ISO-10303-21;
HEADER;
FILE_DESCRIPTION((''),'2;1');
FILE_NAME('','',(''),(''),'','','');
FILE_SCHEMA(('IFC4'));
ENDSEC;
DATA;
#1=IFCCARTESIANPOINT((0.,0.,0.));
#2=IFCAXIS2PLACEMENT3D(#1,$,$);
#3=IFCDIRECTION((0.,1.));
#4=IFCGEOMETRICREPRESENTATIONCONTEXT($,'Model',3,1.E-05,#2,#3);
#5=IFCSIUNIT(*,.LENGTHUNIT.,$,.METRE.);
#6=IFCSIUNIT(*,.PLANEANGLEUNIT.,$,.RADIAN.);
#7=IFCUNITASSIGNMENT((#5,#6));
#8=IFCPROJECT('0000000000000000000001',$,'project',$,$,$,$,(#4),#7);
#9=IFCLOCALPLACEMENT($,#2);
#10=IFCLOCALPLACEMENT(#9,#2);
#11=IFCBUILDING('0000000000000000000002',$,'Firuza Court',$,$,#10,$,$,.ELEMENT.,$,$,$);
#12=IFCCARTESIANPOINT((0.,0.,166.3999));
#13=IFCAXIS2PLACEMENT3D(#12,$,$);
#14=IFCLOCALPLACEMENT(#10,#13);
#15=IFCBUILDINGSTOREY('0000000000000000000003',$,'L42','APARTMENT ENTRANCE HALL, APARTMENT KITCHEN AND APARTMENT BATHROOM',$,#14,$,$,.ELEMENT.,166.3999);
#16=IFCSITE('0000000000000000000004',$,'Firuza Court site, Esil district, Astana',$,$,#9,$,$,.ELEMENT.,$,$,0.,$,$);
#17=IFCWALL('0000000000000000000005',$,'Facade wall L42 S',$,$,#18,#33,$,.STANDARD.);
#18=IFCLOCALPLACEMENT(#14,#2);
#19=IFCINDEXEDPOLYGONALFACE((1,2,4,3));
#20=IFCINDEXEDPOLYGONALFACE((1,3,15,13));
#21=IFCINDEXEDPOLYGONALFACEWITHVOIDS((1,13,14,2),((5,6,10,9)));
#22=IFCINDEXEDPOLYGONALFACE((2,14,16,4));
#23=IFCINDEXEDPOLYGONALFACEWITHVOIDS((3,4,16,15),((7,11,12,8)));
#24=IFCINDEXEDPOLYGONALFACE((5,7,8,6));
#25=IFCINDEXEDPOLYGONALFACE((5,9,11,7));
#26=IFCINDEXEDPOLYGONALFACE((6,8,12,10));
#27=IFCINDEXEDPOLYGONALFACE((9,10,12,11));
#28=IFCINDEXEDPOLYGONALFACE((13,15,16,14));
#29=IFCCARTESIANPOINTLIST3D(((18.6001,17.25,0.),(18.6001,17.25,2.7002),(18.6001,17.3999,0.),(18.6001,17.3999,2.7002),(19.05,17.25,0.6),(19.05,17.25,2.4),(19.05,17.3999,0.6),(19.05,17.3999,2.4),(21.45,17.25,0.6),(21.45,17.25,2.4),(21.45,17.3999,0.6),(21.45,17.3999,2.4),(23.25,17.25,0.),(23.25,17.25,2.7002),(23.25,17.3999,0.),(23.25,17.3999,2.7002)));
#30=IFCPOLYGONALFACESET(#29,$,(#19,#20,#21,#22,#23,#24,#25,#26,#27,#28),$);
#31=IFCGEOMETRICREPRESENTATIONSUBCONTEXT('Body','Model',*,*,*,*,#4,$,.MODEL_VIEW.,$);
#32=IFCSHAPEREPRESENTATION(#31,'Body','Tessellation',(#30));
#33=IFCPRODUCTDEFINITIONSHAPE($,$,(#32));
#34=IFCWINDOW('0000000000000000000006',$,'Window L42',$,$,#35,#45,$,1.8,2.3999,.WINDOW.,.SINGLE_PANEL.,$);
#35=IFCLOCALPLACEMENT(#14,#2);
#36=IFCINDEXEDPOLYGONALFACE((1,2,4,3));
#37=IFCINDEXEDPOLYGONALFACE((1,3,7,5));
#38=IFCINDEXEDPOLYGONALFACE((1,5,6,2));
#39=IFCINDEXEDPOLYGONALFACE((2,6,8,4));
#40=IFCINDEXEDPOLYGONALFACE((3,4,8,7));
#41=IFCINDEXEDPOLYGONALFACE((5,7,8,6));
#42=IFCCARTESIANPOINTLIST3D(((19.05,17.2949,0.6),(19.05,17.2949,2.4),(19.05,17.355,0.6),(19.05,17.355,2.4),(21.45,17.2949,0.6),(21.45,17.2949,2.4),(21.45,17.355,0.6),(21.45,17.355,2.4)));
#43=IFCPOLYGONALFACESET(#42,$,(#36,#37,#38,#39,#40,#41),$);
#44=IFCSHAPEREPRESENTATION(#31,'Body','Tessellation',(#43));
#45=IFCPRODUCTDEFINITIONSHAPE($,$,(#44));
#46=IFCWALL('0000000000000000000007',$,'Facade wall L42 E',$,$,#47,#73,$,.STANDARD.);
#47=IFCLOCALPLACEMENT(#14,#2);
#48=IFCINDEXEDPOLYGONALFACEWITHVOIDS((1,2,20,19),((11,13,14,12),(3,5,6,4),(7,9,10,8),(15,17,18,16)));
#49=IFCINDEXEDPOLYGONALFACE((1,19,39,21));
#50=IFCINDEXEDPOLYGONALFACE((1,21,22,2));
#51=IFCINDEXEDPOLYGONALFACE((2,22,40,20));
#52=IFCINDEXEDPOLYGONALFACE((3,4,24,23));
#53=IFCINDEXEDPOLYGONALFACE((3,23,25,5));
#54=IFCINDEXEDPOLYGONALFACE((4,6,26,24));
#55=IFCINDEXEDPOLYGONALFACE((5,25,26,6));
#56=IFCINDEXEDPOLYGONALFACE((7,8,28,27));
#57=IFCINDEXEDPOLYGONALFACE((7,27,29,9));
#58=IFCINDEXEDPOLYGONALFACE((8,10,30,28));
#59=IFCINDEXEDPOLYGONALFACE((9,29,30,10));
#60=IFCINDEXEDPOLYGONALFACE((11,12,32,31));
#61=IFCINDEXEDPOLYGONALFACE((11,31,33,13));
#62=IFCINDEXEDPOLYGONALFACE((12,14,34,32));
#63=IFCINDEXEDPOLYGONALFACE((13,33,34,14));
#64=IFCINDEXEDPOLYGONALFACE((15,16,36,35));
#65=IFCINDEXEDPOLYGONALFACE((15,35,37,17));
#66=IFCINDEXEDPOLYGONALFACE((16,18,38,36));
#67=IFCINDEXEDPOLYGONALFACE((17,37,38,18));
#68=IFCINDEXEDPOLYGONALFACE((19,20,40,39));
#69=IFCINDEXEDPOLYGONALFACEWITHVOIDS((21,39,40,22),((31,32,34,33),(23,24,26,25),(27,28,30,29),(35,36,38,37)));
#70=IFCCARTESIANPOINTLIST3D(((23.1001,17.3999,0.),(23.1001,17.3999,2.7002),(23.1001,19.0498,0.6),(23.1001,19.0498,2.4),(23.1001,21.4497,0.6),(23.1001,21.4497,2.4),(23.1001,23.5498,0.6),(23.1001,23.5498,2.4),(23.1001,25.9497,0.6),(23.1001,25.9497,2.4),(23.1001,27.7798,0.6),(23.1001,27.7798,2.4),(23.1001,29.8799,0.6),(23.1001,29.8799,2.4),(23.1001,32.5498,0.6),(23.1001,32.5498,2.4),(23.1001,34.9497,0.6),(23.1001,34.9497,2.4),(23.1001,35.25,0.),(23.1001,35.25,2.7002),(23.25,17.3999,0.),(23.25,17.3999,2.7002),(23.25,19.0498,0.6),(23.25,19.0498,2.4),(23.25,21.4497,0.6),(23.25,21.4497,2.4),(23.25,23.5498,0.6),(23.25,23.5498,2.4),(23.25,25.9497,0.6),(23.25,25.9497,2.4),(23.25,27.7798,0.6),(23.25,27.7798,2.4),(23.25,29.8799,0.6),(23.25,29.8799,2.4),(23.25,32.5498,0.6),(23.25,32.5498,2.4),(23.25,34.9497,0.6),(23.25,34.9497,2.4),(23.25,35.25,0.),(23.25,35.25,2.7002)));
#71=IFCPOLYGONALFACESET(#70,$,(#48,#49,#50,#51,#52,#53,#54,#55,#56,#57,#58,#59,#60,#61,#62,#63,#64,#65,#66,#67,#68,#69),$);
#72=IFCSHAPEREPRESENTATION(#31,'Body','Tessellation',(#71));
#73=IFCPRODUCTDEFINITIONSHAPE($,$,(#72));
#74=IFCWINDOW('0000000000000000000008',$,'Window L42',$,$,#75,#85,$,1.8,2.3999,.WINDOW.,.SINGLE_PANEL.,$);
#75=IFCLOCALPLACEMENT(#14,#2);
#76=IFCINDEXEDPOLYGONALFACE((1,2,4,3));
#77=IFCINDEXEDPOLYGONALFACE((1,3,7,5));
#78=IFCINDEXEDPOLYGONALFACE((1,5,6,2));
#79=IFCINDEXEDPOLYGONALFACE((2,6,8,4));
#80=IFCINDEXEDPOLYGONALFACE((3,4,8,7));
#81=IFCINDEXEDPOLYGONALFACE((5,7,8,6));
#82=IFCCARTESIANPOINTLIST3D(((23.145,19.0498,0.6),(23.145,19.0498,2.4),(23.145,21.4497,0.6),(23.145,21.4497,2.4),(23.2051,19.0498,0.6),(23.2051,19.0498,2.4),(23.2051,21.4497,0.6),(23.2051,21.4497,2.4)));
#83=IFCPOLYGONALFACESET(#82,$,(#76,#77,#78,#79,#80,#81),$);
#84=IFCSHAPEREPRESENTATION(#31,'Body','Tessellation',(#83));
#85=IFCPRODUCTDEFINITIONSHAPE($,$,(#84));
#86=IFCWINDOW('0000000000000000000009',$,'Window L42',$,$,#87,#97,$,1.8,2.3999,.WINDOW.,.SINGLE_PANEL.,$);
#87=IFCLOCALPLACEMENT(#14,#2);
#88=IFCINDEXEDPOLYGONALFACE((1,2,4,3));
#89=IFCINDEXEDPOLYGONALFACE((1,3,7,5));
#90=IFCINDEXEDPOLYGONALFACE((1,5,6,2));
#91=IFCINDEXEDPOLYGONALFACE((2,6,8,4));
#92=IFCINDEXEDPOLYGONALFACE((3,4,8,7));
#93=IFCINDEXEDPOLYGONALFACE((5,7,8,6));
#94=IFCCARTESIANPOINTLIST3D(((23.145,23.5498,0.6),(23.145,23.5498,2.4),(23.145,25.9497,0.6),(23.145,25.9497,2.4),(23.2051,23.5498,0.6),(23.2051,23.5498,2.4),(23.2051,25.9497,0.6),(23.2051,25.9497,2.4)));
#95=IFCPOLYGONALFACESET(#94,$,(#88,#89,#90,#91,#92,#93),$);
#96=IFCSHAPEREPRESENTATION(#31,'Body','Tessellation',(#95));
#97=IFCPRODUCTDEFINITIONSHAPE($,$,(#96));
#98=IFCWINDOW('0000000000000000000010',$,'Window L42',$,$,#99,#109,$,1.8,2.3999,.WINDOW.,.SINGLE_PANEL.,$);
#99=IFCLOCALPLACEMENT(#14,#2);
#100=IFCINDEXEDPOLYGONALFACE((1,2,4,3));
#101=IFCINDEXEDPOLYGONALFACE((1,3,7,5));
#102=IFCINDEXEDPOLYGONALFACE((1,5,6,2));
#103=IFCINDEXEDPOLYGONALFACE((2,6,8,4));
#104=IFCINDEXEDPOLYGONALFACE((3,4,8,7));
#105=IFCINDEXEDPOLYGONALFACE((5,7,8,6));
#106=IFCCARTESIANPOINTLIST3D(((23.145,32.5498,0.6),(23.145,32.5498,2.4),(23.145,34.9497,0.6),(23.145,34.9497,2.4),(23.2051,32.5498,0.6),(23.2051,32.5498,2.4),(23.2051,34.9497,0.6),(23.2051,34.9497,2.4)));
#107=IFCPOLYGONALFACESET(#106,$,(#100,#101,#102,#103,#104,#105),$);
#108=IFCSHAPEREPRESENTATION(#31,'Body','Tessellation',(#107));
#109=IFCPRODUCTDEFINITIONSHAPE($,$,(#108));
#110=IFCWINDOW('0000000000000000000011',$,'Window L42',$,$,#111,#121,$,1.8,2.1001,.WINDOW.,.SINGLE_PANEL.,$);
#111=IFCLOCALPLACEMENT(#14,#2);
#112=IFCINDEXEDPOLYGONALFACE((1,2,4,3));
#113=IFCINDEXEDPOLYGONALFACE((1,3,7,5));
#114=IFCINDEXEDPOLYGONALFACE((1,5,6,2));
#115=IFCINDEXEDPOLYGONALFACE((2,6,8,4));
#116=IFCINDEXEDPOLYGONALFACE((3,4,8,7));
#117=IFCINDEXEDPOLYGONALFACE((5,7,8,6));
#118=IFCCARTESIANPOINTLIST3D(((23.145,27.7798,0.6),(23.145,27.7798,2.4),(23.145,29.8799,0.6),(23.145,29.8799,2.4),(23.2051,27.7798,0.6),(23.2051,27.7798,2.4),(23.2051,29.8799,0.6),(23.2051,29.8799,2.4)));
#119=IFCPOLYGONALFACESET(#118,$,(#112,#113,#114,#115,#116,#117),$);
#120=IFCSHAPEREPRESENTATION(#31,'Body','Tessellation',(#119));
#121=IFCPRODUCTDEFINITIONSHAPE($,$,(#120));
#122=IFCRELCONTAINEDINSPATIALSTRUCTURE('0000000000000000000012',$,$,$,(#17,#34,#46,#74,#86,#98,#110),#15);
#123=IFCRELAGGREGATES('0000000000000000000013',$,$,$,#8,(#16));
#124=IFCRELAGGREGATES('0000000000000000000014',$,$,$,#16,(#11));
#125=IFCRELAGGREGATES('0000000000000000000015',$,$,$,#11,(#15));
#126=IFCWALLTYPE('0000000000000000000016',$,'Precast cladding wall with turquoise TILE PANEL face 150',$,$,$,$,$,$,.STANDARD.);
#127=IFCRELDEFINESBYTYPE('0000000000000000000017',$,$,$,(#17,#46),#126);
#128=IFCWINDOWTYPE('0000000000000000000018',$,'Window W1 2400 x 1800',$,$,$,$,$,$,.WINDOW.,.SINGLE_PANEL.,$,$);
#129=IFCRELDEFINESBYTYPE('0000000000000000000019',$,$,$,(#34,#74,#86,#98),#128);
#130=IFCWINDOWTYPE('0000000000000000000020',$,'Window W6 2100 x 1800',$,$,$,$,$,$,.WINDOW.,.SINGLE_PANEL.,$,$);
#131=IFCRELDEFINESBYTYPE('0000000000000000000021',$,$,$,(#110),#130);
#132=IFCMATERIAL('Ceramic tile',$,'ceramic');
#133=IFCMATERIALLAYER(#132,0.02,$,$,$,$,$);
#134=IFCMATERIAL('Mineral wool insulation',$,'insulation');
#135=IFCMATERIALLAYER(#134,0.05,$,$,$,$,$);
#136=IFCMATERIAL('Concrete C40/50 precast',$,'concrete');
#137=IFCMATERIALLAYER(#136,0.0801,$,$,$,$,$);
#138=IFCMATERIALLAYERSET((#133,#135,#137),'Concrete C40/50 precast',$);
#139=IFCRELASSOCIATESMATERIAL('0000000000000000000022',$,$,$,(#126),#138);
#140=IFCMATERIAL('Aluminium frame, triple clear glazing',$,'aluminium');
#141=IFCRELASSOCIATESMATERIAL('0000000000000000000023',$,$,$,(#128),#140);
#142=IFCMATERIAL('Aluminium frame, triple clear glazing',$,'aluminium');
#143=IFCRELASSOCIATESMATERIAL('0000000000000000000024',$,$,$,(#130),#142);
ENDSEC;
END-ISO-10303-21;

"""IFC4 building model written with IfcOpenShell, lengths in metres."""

from ifc_helpers import new_model, si_unit, direction, frame, frame_2d, origin, place, context, subcontext, project, spatial, rectangle, extrude, material, layer, layer_set, type_object, element, fill, save


model = new_model("IFC4")

# Units and contexts
model_context = context("Model", 3, precision=1e-05, world=origin(), true_north=direction((0.0, 1.0)))
body_context = subcontext(model_context, "Body", "Model", "MODEL_VIEW")
ifc_project = project(units=[si_unit("LENGTHUNIT", "METRE"), si_unit("PLANEANGLEUNIT", "RADIAN")], contexts=[model_context])

# Site, building, storey
site_placement = place(None, origin())
site = spatial("IfcSite", under=ifc_project, at=site_placement, Name="Firuza Court site, Esil district, Astana", CompositionType="ELEMENT", RefElevation=0.0)
building_placement = place(site_placement, origin())
building = spatial("IfcBuilding", under=site, at=building_placement, Name="Firuza Court", CompositionType="ELEMENT")
storey_placement = place(building_placement, frame((0.0, 0.0, 166.3999)))
storey = spatial("IfcBuildingStorey", under=building, at=storey_placement, Name="L42", Description="APARTMENT ENTRANCE HALL, APARTMENT KITCHEN AND APARTMENT BATHROOM", CompositionType="ELEMENT", Elevation=166.3999)

# Shared definitions
ifc_material_1 = material(Name="Ceramic tile", Category="ceramic")
ifc_layer_1 = layer(ifc_material_1, 0.02)
ifc_material_2 = material(Name="Mineral wool insulation", Category="insulation")
ifc_layer_2 = layer(ifc_material_2, 0.05)
ifc_material_3 = material(Name="Concrete C40/50 precast", Category="concrete")
ifc_layer_3 = layer(ifc_material_3, 0.0801)
ifc_layer_set_1 = layer_set([ifc_layer_1, ifc_layer_2, ifc_layer_3], Name="Concrete C40/50 precast")
wall_type_1 = type_object("IfcWallType", Name="Precast cladding wall with turquoise TILE PANEL face 150", PredefinedType="STANDARD", material=ifc_layer_set_1)
ifc_material_4 = material(Name="Aluminium frame, triple clear glazing", Category="aluminium")
window_type_1 = type_object("IfcWindowType", Name="Window W1 2400 x 1800", PartitioningType="SINGLE_PANEL", PredefinedType="WINDOW", material=ifc_material_4)

# Wall, opening, window
wall_1_placement = place(storey_placement, frame((18.6001, 17.325, 0.0), z_axis=(0.0, 0.0, 1.0), x_axis=(1.0, 0.0, 0.0)))
wall_1 = element("IfcWall", 1, at=wall_1_placement, inside=storey, type_object=wall_type_1, Name="Facade wall L42 S", PredefinedType="STANDARD", context=body_context, shape_type="SweptSolid", body=[
    extrude(rectangle(XDim=4.6499, YDim=0.1499, at=frame_2d((2.325, 0.0))), origin(), (0.0, 0.0, 1.0), 2.7002),
])
opening_1_placement = place(wall_1_placement, frame((0.45, 0.0, 0.6001)))
opening_1 = element("IfcOpeningElement", 2, at=opening_1_placement, cuts=wall_1, PredefinedType="OPENING", context=body_context, shape_type="SweptSolid", body=[
    extrude(rectangle(XDim=2.3999, YDim=1.8, at=frame_2d((1.2, 0.8999))), frame((0.0, 0.0869, 0.0), z_axis=(0.0, -1.0, 0.0), x_axis=(1.0, 0.0, 0.0)), (0.0, 0.0, 1.0), 0.1738),
])
window_1_placement = place(opening_1_placement, origin())
window_1 = element("IfcWindow", 3, at=window_1_placement, inside=storey, type_object=window_type_1, Name="Window L42", OverallHeight=1.8, OverallWidth=2.3999, PartitioningType="SINGLE_PANEL", PredefinedType="WINDOW", context=body_context, shape_type="SweptSolid", body=[
    extrude(rectangle(XDim=2.3999, YDim=1.8, at=frame_2d((1.2, 0.8999))), frame((0.0, 0.03, 0.0), z_axis=(0.0, -1.0, 0.0), x_axis=(1.0, 0.0, 0.0)), (0.0, 0.0, 1.0), 0.0601),
])
fill(opening_1, window_1)

# Wall, openings, windows
wall_2_placement = place(storey_placement, frame((23.175, 17.3999, 0.0), z_axis=(0.0, 0.0, 1.0), x_axis=(0.0, 1.0, 0.0)))
wall_2 = element("IfcWall", 4, at=wall_2_placement, inside=storey, type_object=wall_type_1, Name="Facade wall L42 E", PredefinedType="STANDARD", context=body_context, shape_type="SweptSolid", body=[
    extrude(rectangle(XDim=17.8501, YDim=0.1499, at=frame_2d((8.925, 0.0))), origin(), (0.0, 0.0, 1.0), 2.7002),
])
opening_2_placement = place(wall_2_placement, frame((1.6499, 0.0, 0.6001)))
opening_2 = element("IfcOpeningElement", 5, at=opening_2_placement, cuts=wall_2, PredefinedType="OPENING", context=body_context, shape_type="SweptSolid", body=[
    extrude(rectangle(XDim=2.3999, YDim=1.8, at=frame_2d((1.2, 0.8999))), frame((0.0, 0.0869, 0.0), z_axis=(0.0, -1.0, 0.0), x_axis=(1.0, 0.0, 0.0)), (0.0, 0.0, 1.0), 0.1738),
])
opening_3_placement = place(wall_2_placement, frame((6.1499, 0.0, 0.6001)))
opening_3 = element("IfcOpeningElement", 6, at=opening_3_placement, cuts=wall_2, PredefinedType="OPENING", context=body_context, shape_type="SweptSolid", body=[
    extrude(rectangle(XDim=2.3999, YDim=1.8, at=frame_2d((1.2, 0.8999))), frame((0.0, 0.0869, 0.0), z_axis=(0.0, -1.0, 0.0), x_axis=(1.0, 0.0, 0.0)), (0.0, 0.0, 1.0), 0.1738),
])
opening_4_placement = place(wall_2_placement, frame((10.3799, 0.0, 0.6001)))
opening_4 = element("IfcOpeningElement", 7, at=opening_4_placement, cuts=wall_2, PredefinedType="OPENING", context=body_context, shape_type="SweptSolid", body=[
    extrude(rectangle(XDim=2.1001, YDim=1.8, at=frame_2d((1.05, 0.8999))), frame((0.0, 0.0869, 0.0), z_axis=(0.0, -1.0, 0.0), x_axis=(1.0, 0.0, 0.0)), (0.0, 0.0, 1.0), 0.1738),
])
opening_5_placement = place(wall_2_placement, frame((15.1499, 0.0, 0.6001)))
opening_5 = element("IfcOpeningElement", 8, at=opening_5_placement, cuts=wall_2, PredefinedType="OPENING", context=body_context, shape_type="SweptSolid", body=[
    extrude(rectangle(XDim=2.3999, YDim=1.8, at=frame_2d((1.2, 0.8999))), frame((0.0, 0.0869, 0.0), z_axis=(0.0, -1.0, 0.0), x_axis=(1.0, 0.0, 0.0)), (0.0, 0.0, 1.0), 0.1738),
])
window_2_placement = place(opening_2_placement, origin())
window_2 = element("IfcWindow", 9, at=window_2_placement, inside=storey, type_object=window_type_1, Name="Window L42", OverallHeight=1.8, OverallWidth=2.3999, PartitioningType="SINGLE_PANEL", PredefinedType="WINDOW", context=body_context, shape_type="SweptSolid", body=[
    extrude(rectangle(XDim=2.3999, YDim=1.8, at=frame_2d((1.2, 0.8999))), frame((0.0, 0.03, 0.0), z_axis=(0.0, -1.0, 0.0), x_axis=(1.0, 0.0, 0.0)), (0.0, 0.0, 1.0), 0.0601),
])
fill(opening_2, window_2)
window_3_placement = place(opening_3_placement, origin())
window_3 = element("IfcWindow", 10, at=window_3_placement, inside=storey, type_object=window_type_1, Name="Window L42", OverallHeight=1.8, OverallWidth=2.3999, PartitioningType="SINGLE_PANEL", PredefinedType="WINDOW", context=body_context, shape_type="SweptSolid", body=[
    extrude(rectangle(XDim=2.3999, YDim=1.8, at=frame_2d((1.2, 0.8999))), frame((0.0, 0.03, 0.0), z_axis=(0.0, -1.0, 0.0), x_axis=(1.0, 0.0, 0.0)), (0.0, 0.0, 1.0), 0.0601),
])
fill(opening_3, window_3)
window_4_placement = place(opening_5_placement, origin())
window_4 = element("IfcWindow", 11, at=window_4_placement, inside=storey, type_object=window_type_1, Name="Window L42", OverallHeight=1.8, OverallWidth=2.3999, PartitioningType="SINGLE_PANEL", PredefinedType="WINDOW", context=body_context, shape_type="SweptSolid", body=[
    extrude(rectangle(XDim=2.3999, YDim=1.8, at=frame_2d((1.2, 0.8999))), frame((0.0, 0.03, 0.0), z_axis=(0.0, -1.0, 0.0), x_axis=(1.0, 0.0, 0.0)), (0.0, 0.0, 1.0), 0.0601),
])
fill(opening_5, window_4)
ifc_material_5 = material(Name="Aluminium frame, triple clear glazing", Category="aluminium")
window_type_2 = type_object("IfcWindowType", Name="Window W6 2100 x 1800", PartitioningType="SINGLE_PANEL", PredefinedType="WINDOW", material=ifc_material_5)
window_5_placement = place(opening_4_placement, origin())
window_5 = element("IfcWindow", 12, at=window_5_placement, inside=storey, type_object=window_type_2, Name="Window L42", OverallHeight=1.8, OverallWidth=2.1001, PartitioningType="SINGLE_PANEL", PredefinedType="WINDOW", context=body_context, shape_type="SweptSolid", body=[
    extrude(rectangle(XDim=2.1001, YDim=1.8, at=frame_2d((1.05, 0.8999))), frame((0.0, 0.03, 0.0), z_axis=(0.0, -1.0, 0.0), x_axis=(1.0, 0.0, 0.0)), (0.0, 0.0, 1.0), 0.0601),
])
fill(opening_4, window_5)

save(model, "model.ifc")
